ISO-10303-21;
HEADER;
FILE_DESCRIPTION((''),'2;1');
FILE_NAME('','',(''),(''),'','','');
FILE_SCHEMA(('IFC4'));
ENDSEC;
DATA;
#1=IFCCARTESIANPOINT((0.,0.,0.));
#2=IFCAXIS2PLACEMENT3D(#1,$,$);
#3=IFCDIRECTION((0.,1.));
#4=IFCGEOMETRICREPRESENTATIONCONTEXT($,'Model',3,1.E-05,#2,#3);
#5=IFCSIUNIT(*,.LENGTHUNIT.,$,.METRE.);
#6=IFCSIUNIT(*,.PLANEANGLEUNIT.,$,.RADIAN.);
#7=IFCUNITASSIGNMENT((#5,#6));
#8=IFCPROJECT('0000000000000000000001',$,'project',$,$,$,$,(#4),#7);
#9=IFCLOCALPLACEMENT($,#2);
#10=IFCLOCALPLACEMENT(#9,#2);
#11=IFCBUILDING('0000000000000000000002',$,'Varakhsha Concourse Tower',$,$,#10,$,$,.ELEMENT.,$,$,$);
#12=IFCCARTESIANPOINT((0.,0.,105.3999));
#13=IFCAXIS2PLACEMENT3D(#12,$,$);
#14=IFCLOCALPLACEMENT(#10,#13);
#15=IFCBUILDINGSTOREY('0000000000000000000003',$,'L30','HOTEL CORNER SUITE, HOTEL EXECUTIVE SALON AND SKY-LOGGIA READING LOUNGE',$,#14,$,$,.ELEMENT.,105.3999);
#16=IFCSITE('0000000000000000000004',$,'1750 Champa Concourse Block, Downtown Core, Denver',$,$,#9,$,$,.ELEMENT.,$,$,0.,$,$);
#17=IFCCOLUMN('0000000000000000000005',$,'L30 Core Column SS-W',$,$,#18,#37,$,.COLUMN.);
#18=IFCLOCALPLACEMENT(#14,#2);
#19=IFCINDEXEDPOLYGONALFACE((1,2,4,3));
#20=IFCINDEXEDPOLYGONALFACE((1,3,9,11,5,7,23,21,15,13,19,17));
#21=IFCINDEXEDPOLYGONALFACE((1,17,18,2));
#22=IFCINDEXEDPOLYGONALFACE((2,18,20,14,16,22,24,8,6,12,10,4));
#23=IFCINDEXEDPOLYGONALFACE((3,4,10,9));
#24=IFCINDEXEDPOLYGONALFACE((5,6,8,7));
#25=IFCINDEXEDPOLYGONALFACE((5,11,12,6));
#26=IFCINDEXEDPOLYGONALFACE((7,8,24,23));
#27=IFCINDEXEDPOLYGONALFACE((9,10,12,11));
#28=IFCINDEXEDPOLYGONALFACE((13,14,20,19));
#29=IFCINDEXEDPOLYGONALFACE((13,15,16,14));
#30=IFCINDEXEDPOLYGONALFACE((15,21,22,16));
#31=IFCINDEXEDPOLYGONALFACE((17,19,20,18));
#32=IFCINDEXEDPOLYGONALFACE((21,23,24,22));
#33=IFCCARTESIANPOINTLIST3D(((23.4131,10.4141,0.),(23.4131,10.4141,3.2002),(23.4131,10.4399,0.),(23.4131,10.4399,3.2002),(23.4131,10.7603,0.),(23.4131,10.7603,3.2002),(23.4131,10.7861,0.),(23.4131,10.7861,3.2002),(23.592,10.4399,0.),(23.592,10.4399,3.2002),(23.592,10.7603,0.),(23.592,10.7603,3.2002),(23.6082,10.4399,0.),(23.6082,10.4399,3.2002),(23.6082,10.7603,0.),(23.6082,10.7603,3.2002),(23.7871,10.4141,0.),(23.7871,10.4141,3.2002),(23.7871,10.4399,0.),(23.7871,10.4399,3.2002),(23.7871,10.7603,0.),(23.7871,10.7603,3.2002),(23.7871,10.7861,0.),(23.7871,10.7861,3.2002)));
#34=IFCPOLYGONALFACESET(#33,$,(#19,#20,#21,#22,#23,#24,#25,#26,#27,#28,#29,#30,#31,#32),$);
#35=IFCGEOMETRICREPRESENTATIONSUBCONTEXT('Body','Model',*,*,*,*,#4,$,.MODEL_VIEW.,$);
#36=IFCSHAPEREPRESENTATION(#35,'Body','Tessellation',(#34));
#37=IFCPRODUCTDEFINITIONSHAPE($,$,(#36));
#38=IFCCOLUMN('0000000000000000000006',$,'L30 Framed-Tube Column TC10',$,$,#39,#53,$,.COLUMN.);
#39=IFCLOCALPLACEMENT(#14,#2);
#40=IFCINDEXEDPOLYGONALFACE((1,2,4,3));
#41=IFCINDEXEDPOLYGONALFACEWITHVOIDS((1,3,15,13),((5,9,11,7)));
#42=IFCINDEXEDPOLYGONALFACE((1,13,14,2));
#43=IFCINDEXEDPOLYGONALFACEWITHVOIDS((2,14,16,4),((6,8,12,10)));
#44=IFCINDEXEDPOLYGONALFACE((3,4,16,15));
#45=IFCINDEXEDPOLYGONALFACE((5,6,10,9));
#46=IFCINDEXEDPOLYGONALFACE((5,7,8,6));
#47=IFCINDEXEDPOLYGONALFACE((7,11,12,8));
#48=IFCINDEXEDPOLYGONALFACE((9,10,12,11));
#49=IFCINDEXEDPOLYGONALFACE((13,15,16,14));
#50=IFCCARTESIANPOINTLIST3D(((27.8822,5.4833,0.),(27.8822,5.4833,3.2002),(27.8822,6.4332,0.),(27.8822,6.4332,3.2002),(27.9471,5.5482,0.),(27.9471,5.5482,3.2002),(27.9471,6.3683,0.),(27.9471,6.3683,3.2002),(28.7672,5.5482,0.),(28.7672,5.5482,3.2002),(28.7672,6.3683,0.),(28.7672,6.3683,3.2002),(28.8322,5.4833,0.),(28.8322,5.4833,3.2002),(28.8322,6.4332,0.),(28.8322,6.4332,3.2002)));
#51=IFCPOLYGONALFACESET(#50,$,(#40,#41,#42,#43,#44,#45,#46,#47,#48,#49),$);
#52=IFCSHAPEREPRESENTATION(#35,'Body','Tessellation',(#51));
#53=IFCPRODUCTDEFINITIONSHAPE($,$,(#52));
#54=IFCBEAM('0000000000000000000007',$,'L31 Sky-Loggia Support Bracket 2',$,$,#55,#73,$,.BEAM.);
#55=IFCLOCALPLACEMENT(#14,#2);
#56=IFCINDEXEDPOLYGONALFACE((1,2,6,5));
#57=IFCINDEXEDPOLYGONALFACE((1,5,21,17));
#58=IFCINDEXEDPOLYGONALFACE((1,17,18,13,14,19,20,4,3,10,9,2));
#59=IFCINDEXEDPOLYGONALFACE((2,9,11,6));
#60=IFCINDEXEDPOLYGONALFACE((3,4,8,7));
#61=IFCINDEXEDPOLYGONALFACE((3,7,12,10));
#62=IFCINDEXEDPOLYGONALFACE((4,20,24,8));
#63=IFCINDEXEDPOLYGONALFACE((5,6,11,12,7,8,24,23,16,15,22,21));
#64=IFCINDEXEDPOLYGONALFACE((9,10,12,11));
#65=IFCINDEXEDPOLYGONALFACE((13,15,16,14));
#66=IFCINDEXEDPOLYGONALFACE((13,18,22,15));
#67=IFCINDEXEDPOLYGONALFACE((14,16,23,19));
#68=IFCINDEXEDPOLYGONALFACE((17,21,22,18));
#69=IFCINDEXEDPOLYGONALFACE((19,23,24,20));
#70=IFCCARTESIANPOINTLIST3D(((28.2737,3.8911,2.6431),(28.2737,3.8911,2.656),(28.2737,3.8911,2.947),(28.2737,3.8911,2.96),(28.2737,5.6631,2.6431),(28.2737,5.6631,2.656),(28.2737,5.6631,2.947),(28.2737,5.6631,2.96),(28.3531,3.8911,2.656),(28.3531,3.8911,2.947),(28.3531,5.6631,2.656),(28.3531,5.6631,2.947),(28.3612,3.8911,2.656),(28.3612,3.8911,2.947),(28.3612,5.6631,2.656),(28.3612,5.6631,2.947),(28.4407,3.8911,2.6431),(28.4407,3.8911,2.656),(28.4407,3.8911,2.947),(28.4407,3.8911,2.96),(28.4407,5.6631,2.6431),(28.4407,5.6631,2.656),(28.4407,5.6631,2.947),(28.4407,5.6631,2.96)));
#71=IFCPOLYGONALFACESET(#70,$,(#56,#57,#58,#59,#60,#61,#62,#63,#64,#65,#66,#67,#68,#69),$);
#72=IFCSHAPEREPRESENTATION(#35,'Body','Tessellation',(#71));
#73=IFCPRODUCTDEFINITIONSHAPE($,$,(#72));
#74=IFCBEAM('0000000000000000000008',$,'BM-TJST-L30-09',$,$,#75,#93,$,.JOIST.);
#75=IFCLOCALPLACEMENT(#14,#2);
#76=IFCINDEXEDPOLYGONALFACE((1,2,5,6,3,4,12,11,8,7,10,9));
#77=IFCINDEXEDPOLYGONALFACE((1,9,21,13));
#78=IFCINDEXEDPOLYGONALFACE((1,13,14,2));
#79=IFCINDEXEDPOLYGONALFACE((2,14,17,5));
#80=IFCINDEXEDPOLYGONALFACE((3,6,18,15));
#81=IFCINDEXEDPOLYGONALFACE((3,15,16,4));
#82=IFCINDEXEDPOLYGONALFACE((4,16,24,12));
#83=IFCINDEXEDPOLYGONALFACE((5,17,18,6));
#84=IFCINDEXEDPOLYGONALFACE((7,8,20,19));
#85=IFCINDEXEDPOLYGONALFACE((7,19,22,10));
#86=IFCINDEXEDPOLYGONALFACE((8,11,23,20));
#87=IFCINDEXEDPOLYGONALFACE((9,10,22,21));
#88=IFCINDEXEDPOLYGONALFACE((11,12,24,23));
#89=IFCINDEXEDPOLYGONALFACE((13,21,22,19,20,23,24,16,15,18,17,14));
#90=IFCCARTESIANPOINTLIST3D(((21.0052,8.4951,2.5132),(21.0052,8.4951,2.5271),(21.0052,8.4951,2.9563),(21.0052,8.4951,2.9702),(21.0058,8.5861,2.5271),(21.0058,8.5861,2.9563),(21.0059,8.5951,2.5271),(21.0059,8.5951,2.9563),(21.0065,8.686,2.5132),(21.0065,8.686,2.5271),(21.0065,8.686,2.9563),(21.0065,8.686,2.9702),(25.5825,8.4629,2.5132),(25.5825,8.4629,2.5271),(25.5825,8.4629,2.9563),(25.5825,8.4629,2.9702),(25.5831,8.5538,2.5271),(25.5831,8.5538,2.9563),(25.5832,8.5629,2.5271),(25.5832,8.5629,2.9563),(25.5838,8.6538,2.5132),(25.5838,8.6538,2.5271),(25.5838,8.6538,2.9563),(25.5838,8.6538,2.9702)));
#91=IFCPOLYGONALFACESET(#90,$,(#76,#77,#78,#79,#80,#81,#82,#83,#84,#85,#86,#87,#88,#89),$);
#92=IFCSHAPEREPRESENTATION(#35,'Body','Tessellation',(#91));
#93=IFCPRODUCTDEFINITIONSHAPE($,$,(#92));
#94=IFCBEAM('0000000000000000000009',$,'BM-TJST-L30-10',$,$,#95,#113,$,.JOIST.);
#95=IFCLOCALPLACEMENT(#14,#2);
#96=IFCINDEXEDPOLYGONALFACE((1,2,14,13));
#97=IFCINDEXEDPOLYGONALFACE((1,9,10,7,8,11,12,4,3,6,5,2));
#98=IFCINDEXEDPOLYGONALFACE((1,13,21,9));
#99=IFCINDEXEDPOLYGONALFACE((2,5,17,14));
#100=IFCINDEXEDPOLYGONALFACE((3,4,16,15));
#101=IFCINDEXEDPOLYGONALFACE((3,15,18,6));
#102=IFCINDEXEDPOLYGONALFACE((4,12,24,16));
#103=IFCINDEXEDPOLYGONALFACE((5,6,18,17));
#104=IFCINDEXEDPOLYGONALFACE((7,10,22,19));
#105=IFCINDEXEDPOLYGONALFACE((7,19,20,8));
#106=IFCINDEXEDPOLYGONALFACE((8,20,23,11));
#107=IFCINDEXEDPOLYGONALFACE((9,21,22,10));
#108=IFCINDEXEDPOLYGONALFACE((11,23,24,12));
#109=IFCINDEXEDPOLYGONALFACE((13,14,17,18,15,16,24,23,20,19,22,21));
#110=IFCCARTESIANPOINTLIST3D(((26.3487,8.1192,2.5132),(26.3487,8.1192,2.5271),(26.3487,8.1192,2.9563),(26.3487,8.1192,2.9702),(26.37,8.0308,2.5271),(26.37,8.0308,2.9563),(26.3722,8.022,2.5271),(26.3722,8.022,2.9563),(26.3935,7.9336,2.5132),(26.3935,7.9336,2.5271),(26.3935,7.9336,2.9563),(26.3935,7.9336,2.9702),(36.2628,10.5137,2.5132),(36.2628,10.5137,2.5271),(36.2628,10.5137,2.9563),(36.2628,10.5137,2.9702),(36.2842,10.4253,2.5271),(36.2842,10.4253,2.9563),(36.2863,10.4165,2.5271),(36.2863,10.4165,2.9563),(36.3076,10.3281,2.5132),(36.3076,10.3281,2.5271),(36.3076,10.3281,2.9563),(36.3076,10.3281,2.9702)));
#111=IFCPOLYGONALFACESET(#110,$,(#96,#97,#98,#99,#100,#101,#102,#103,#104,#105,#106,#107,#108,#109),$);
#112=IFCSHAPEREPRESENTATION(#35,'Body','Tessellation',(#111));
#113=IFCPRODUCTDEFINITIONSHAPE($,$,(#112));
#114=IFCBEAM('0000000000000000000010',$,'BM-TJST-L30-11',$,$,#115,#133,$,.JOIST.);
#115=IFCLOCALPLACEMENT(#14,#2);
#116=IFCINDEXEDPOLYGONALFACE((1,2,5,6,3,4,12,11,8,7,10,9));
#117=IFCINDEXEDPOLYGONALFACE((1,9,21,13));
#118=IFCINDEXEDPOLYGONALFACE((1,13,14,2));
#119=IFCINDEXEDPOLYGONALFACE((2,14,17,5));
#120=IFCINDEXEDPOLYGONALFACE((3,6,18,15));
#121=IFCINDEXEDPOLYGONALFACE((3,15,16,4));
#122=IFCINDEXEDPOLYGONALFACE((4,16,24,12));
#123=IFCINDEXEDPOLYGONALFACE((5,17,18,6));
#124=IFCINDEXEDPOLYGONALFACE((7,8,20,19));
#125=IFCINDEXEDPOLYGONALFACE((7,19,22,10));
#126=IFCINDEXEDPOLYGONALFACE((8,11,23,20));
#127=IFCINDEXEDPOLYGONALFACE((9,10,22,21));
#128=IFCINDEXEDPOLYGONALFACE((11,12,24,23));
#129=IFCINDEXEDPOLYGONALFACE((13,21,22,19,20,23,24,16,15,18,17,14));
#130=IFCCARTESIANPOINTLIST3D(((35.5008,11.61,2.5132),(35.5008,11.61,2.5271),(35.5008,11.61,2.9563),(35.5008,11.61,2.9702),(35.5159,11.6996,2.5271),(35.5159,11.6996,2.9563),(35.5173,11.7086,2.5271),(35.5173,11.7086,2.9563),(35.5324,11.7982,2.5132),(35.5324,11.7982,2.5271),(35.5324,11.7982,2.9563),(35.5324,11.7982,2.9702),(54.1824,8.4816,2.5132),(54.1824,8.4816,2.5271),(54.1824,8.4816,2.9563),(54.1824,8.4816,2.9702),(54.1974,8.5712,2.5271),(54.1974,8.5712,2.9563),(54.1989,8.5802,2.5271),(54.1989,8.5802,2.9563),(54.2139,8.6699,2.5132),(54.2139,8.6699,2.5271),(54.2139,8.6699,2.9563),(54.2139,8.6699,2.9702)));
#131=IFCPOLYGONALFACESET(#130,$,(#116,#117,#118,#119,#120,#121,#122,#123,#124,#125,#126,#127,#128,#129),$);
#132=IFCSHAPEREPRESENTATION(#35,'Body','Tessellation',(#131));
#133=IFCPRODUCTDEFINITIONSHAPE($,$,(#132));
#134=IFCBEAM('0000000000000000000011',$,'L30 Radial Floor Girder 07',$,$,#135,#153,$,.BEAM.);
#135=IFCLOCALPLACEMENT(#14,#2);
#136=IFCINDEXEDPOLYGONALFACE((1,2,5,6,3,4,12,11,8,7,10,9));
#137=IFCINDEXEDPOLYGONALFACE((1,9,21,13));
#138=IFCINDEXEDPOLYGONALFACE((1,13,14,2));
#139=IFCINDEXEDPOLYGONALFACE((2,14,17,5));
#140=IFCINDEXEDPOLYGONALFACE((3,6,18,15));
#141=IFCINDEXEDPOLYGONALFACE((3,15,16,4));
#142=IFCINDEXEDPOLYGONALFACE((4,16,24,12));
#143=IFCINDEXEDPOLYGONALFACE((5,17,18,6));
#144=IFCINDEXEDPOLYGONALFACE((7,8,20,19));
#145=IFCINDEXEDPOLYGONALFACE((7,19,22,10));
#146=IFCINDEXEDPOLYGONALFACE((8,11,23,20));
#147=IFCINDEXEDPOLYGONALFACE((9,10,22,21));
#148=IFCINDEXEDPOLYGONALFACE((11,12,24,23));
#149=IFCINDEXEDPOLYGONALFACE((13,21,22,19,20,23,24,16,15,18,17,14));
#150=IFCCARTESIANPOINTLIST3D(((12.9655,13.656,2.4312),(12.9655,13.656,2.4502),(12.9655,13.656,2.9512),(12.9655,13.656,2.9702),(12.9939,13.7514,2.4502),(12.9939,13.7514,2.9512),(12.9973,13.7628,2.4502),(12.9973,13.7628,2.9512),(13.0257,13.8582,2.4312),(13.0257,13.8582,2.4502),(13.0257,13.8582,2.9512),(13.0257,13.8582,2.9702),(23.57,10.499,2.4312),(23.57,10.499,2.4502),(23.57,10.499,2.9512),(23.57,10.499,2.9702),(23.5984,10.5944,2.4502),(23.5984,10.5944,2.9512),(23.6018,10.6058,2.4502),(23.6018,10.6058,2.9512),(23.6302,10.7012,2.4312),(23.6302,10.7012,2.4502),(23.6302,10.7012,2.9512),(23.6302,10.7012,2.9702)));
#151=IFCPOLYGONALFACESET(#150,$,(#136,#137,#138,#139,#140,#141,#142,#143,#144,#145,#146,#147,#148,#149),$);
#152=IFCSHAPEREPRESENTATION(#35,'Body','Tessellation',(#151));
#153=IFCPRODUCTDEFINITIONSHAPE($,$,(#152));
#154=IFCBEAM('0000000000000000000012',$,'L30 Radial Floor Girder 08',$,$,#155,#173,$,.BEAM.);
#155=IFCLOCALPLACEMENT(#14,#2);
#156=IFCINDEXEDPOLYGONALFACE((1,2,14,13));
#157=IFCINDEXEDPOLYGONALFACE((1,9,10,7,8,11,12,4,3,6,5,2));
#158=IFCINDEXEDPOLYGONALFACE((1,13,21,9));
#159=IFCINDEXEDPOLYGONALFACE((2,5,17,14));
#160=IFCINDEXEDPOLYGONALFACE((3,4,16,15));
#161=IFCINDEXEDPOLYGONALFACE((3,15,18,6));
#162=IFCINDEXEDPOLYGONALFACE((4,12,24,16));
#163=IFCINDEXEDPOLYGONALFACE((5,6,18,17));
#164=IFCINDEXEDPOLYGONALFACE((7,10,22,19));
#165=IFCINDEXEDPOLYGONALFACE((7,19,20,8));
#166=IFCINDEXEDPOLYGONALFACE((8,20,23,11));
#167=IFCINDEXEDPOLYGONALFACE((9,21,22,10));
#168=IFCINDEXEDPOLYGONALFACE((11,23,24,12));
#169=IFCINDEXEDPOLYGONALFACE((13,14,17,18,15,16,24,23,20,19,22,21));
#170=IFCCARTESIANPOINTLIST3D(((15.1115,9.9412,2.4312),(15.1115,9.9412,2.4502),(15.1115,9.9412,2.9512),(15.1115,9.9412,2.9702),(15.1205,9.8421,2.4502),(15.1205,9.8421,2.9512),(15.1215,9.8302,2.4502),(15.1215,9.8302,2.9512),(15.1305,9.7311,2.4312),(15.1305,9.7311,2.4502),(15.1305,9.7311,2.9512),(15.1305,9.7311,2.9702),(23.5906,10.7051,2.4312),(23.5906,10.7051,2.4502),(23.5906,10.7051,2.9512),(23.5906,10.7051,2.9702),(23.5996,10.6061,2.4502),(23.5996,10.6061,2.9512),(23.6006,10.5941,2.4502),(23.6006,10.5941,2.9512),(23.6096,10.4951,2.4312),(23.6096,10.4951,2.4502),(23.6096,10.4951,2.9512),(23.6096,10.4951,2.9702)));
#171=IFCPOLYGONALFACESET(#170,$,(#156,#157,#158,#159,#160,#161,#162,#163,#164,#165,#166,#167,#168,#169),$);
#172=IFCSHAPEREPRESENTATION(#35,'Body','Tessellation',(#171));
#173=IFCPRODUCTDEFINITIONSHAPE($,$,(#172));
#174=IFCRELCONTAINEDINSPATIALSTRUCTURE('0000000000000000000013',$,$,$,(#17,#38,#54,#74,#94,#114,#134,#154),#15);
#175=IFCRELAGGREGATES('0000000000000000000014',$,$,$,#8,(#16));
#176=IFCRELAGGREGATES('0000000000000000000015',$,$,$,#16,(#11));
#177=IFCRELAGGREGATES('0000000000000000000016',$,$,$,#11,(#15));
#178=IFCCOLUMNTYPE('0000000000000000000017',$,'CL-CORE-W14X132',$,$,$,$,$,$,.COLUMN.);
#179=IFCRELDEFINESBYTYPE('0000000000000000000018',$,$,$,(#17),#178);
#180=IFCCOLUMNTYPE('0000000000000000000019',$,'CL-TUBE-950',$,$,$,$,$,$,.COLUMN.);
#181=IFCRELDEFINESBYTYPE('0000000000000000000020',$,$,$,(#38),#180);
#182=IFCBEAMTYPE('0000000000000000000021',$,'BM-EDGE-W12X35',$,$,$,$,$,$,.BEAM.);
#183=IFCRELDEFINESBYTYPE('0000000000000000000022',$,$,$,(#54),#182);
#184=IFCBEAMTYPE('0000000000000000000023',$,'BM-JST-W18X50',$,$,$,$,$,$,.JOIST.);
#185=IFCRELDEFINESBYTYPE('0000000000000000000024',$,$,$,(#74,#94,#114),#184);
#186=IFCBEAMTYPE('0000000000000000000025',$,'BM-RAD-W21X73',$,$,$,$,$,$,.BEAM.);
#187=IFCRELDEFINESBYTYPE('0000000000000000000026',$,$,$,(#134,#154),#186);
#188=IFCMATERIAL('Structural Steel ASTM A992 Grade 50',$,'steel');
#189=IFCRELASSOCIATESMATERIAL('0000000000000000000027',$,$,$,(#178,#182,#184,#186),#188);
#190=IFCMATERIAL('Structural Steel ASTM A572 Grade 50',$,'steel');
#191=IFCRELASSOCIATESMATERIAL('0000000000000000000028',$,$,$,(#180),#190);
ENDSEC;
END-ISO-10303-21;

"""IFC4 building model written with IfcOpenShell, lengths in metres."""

from ifc_helpers import new_model, si_unit, direction, frame, origin, origin_2d, place, context, subcontext, project, spatial, hollow_rectangle, i_section, extrude, material, material_profile, profile_set, type_object, element, save


model = new_model("IFC4")

# Units and contexts
model_context = context("Model", 3, precision=1e-05, world=origin(), true_north=direction((0.0, 1.0)))
body_context = subcontext(model_context, "Body", "Model", "MODEL_VIEW")
ifc_project = project(units=[si_unit("LENGTHUNIT", "METRE"), si_unit("PLANEANGLEUNIT", "RADIAN")], contexts=[model_context])

# Site, building, storey
site_placement = place(None, origin())
site = spatial("IfcSite", under=ifc_project, at=site_placement, Name="1750 Champa Concourse Block, Downtown Core, Denver", CompositionType="ELEMENT", RefElevation=0.0)
building_placement = place(site_placement, origin())
building = spatial("IfcBuilding", under=site, at=building_placement, Name="Varakhsha Concourse Tower", CompositionType="ELEMENT")
storey_placement = place(building_placement, frame((0.0, 0.0, 105.3999)))
storey = spatial("IfcBuildingStorey", under=building, at=storey_placement, Name="L30", Description="HOTEL CORNER SUITE, HOTEL EXECUTIVE SALON AND SKY-LOGGIA READING LOUNGE", CompositionType="ELEMENT", Elevation=105.3999)

# Columns
ifc_material_1 = material(Name="Structural Steel ASTM A992 Grade 50", Category="steel")
ifc_material_profile_1 = material_profile(ifc_material_1, i_section(OverallWidth=0.374, OverallDepth=0.3721, WebThickness=0.0161, FlangeThickness=0.0259, at=origin_2d()), Name="W14X132")
ifc_profile_set_1 = profile_set([ifc_material_profile_1], Name="Structural Steel ASTM A992 Grade 50")
column_type_1 = type_object("IfcColumnType", Name="CL-CORE-W14X132", PredefinedType="COLUMN", material=ifc_profile_set_1)
column_1_placement = place(storey_placement, frame((23.6001, 10.6001, 0.0), z_axis=(0.0, 0.0, 1.0), x_axis=(1.0, 0.0, 0.0)))
element("IfcColumn", 1, at=column_1_placement, inside=storey, type_object=column_type_1, Name="L30 Core Column SS-W", PredefinedType="COLUMN", context=body_context, shape_type="SweptSolid", body=[
    extrude(i_section(OverallWidth=0.374, OverallDepth=0.3721, WebThickness=0.0161, FlangeThickness=0.0259, at=origin_2d()), origin(), (0.0, 0.0, 1.0), 3.2002),
])
ifc_material_2 = material(Name="Structural Steel ASTM A572 Grade 50", Category="steel")
ifc_material_profile_2 = material_profile(ifc_material_2, hollow_rectangle(XDim=0.95, YDim=0.95, WallThickness=0.0649, at=origin_2d()), Name="BOX 950x950x65")
ifc_profile_set_2 = profile_set([ifc_material_profile_2], Name="Structural Steel ASTM A572 Grade 50")
column_type_2 = type_object("IfcColumnType", Name="CL-TUBE-950", PredefinedType="COLUMN", material=ifc_profile_set_2)
column_2_placement = place(storey_placement, frame((28.3572, 5.9583, 0.0), z_axis=(0.0, 0.0, 1.0), x_axis=(1.0, 0.0, 0.0)))
element("IfcColumn", 2, at=column_2_placement, inside=storey, type_object=column_type_2, Name="L30 Framed-Tube Column TC10", PredefinedType="COLUMN", context=body_context, shape_type="SweptSolid", body=[
    extrude(hollow_rectangle(XDim=0.95, YDim=0.95, WallThickness=0.0649, at=origin_2d()), origin(), (0.0, 0.0, 1.0), 3.2002),
])

# Beams
ifc_material_profile_3 = material_profile(ifc_material_1, i_section(OverallWidth=0.167, OverallDepth=0.3169, WebThickness=0.0081, FlangeThickness=0.0129, at=origin_2d()), Name="W12X35")
ifc_profile_set_3 = profile_set([ifc_material_profile_3], Name="Structural Steel ASTM A992 Grade 50")
beam_type_1 = type_object("IfcBeamType", Name="BM-EDGE-W12X35", PredefinedType="BEAM", material=ifc_profile_set_3)
beam_1_placement = place(storey_placement, frame((28.3572, 5.6631, 2.8015), z_axis=(0.0, -1.0, 0.0), x_axis=(1.0, 0.0, 0.0)))
element("IfcBeam", 3, at=beam_1_placement, inside=storey, type_object=beam_type_1, Name="L31 Sky-Loggia Support Bracket 2", PredefinedType="BEAM", context=body_context, shape_type="SweptSolid", body=[
    extrude(i_section(OverallWidth=0.167, OverallDepth=0.3169, WebThickness=0.0081, FlangeThickness=0.0129, at=origin_2d()), origin(), (0.0, 0.0, 1.0), 1.772),
])
ifc_material_profile_4 = material_profile(ifc_material_1, i_section(OverallWidth=0.1909, OverallDepth=0.457, WebThickness=0.009, FlangeThickness=0.0139, at=origin_2d()), Name="W18X50")
ifc_profile_set_4 = profile_set([ifc_material_profile_4], Name="Structural Steel ASTM A992 Grade 50")
beam_type_2 = type_object("IfcBeamType", Name="BM-JST-W18X50", PredefinedType="JOIST", material=ifc_profile_set_4)
beam_2_placement = place(storey_placement, frame((21.0059, 8.5906, 2.7417), z_axis=(0.999975, -0.00704, 0.0), x_axis=(0.00704, 0.999975, 0.0)))
element("IfcBeam", 4, at=beam_2_placement, inside=storey, type_object=beam_type_2, Name="BM-TJST-L30-09", PredefinedType="JOIST", context=body_context, shape_type="SweptSolid", body=[
    extrude(i_section(OverallWidth=0.1909, OverallDepth=0.457, WebThickness=0.009, FlangeThickness=0.0139, at=origin_2d()), origin(), (0.0, 0.0, 1.0), 4.5774),
])
beam_3_placement = place(storey_placement, frame((26.3711, 8.0264, 2.7417), z_axis=(0.972049, 0.234778, 0.0), x_axis=(-0.234778, 0.972049, 0.0)))
element("IfcBeam", 5, at=beam_3_placement, inside=storey, type_object=beam_type_2, Name="BM-TJST-L30-10", PredefinedType="JOIST", context=body_context, shape_type="SweptSolid", body=[
    extrude(i_section(OverallWidth=0.1909, OverallDepth=0.457, WebThickness=0.009, FlangeThickness=0.0139, at=origin_2d()), origin(), (0.0, 0.0, 1.0), 10.1992),
])
beam_4_placement = place(storey_placement, frame((35.5166, 11.7041, 2.7417), z_axis=(0.986267, -0.16516, 0.0), x_axis=(0.16516, 0.986267, 0.0)))
element("IfcBeam", 6, at=beam_4_placement, inside=storey, type_object=beam_type_2, Name="BM-TJST-L30-11", PredefinedType="JOIST", context=body_context, shape_type="SweptSolid", body=[
    extrude(i_section(OverallWidth=0.1909, OverallDepth=0.457, WebThickness=0.009, FlangeThickness=0.0139, at=origin_2d()), origin(), (0.0, 0.0, 1.0), 18.9417),
])
ifc_material_profile_5 = material_profile(ifc_material_1, i_section(OverallWidth=0.2109, OverallDepth=0.5391, WebThickness=0.012, FlangeThickness=0.019, at=origin_2d()), Name="W21X73")
ifc_profile_set_5 = profile_set([ifc_material_profile_5], Name="Structural Steel ASTM A992 Grade 50")
beam_type_3 = type_object("IfcBeamType", Name="BM-RAD-W21X73", PredefinedType="BEAM", material=ifc_profile_set_5)
beam_5_placement = place(storey_placement, frame((23.6001, 10.6001, 2.7007), z_axis=(-0.95843, 0.285327, 0.0), x_axis=(-0.285327, -0.95843, 0.0)))
element("IfcBeam", 7, at=beam_5_placement, inside=storey, type_object=beam_type_3, Name="L30 Radial Floor Girder 07", PredefinedType="BEAM", context=body_context, shape_type="SweptSolid", body=[
    extrude(i_section(OverallWidth=0.2109, OverallDepth=0.5391, WebThickness=0.012, FlangeThickness=0.019, at=origin_2d()), origin(), (0.0, 0.0, 1.0), 11.0645),
])
beam_6_placement = place(storey_placement, frame((23.6001, 10.6001, 2.7007), z_axis=(-0.995966, -0.089732, 0.0), x_axis=(0.089732, -0.995966, 0.0)))
element("IfcBeam", 8, at=beam_6_placement, inside=storey, type_object=beam_type_3, Name="L30 Radial Floor Girder 08", PredefinedType="BEAM", context=body_context, shape_type="SweptSolid", body=[
    extrude(i_section(OverallWidth=0.2109, OverallDepth=0.5391, WebThickness=0.012, FlangeThickness=0.019, at=origin_2d()), origin(), (0.0, 0.0, 1.0), 8.5134),
])

save(model, "model.ifc")
